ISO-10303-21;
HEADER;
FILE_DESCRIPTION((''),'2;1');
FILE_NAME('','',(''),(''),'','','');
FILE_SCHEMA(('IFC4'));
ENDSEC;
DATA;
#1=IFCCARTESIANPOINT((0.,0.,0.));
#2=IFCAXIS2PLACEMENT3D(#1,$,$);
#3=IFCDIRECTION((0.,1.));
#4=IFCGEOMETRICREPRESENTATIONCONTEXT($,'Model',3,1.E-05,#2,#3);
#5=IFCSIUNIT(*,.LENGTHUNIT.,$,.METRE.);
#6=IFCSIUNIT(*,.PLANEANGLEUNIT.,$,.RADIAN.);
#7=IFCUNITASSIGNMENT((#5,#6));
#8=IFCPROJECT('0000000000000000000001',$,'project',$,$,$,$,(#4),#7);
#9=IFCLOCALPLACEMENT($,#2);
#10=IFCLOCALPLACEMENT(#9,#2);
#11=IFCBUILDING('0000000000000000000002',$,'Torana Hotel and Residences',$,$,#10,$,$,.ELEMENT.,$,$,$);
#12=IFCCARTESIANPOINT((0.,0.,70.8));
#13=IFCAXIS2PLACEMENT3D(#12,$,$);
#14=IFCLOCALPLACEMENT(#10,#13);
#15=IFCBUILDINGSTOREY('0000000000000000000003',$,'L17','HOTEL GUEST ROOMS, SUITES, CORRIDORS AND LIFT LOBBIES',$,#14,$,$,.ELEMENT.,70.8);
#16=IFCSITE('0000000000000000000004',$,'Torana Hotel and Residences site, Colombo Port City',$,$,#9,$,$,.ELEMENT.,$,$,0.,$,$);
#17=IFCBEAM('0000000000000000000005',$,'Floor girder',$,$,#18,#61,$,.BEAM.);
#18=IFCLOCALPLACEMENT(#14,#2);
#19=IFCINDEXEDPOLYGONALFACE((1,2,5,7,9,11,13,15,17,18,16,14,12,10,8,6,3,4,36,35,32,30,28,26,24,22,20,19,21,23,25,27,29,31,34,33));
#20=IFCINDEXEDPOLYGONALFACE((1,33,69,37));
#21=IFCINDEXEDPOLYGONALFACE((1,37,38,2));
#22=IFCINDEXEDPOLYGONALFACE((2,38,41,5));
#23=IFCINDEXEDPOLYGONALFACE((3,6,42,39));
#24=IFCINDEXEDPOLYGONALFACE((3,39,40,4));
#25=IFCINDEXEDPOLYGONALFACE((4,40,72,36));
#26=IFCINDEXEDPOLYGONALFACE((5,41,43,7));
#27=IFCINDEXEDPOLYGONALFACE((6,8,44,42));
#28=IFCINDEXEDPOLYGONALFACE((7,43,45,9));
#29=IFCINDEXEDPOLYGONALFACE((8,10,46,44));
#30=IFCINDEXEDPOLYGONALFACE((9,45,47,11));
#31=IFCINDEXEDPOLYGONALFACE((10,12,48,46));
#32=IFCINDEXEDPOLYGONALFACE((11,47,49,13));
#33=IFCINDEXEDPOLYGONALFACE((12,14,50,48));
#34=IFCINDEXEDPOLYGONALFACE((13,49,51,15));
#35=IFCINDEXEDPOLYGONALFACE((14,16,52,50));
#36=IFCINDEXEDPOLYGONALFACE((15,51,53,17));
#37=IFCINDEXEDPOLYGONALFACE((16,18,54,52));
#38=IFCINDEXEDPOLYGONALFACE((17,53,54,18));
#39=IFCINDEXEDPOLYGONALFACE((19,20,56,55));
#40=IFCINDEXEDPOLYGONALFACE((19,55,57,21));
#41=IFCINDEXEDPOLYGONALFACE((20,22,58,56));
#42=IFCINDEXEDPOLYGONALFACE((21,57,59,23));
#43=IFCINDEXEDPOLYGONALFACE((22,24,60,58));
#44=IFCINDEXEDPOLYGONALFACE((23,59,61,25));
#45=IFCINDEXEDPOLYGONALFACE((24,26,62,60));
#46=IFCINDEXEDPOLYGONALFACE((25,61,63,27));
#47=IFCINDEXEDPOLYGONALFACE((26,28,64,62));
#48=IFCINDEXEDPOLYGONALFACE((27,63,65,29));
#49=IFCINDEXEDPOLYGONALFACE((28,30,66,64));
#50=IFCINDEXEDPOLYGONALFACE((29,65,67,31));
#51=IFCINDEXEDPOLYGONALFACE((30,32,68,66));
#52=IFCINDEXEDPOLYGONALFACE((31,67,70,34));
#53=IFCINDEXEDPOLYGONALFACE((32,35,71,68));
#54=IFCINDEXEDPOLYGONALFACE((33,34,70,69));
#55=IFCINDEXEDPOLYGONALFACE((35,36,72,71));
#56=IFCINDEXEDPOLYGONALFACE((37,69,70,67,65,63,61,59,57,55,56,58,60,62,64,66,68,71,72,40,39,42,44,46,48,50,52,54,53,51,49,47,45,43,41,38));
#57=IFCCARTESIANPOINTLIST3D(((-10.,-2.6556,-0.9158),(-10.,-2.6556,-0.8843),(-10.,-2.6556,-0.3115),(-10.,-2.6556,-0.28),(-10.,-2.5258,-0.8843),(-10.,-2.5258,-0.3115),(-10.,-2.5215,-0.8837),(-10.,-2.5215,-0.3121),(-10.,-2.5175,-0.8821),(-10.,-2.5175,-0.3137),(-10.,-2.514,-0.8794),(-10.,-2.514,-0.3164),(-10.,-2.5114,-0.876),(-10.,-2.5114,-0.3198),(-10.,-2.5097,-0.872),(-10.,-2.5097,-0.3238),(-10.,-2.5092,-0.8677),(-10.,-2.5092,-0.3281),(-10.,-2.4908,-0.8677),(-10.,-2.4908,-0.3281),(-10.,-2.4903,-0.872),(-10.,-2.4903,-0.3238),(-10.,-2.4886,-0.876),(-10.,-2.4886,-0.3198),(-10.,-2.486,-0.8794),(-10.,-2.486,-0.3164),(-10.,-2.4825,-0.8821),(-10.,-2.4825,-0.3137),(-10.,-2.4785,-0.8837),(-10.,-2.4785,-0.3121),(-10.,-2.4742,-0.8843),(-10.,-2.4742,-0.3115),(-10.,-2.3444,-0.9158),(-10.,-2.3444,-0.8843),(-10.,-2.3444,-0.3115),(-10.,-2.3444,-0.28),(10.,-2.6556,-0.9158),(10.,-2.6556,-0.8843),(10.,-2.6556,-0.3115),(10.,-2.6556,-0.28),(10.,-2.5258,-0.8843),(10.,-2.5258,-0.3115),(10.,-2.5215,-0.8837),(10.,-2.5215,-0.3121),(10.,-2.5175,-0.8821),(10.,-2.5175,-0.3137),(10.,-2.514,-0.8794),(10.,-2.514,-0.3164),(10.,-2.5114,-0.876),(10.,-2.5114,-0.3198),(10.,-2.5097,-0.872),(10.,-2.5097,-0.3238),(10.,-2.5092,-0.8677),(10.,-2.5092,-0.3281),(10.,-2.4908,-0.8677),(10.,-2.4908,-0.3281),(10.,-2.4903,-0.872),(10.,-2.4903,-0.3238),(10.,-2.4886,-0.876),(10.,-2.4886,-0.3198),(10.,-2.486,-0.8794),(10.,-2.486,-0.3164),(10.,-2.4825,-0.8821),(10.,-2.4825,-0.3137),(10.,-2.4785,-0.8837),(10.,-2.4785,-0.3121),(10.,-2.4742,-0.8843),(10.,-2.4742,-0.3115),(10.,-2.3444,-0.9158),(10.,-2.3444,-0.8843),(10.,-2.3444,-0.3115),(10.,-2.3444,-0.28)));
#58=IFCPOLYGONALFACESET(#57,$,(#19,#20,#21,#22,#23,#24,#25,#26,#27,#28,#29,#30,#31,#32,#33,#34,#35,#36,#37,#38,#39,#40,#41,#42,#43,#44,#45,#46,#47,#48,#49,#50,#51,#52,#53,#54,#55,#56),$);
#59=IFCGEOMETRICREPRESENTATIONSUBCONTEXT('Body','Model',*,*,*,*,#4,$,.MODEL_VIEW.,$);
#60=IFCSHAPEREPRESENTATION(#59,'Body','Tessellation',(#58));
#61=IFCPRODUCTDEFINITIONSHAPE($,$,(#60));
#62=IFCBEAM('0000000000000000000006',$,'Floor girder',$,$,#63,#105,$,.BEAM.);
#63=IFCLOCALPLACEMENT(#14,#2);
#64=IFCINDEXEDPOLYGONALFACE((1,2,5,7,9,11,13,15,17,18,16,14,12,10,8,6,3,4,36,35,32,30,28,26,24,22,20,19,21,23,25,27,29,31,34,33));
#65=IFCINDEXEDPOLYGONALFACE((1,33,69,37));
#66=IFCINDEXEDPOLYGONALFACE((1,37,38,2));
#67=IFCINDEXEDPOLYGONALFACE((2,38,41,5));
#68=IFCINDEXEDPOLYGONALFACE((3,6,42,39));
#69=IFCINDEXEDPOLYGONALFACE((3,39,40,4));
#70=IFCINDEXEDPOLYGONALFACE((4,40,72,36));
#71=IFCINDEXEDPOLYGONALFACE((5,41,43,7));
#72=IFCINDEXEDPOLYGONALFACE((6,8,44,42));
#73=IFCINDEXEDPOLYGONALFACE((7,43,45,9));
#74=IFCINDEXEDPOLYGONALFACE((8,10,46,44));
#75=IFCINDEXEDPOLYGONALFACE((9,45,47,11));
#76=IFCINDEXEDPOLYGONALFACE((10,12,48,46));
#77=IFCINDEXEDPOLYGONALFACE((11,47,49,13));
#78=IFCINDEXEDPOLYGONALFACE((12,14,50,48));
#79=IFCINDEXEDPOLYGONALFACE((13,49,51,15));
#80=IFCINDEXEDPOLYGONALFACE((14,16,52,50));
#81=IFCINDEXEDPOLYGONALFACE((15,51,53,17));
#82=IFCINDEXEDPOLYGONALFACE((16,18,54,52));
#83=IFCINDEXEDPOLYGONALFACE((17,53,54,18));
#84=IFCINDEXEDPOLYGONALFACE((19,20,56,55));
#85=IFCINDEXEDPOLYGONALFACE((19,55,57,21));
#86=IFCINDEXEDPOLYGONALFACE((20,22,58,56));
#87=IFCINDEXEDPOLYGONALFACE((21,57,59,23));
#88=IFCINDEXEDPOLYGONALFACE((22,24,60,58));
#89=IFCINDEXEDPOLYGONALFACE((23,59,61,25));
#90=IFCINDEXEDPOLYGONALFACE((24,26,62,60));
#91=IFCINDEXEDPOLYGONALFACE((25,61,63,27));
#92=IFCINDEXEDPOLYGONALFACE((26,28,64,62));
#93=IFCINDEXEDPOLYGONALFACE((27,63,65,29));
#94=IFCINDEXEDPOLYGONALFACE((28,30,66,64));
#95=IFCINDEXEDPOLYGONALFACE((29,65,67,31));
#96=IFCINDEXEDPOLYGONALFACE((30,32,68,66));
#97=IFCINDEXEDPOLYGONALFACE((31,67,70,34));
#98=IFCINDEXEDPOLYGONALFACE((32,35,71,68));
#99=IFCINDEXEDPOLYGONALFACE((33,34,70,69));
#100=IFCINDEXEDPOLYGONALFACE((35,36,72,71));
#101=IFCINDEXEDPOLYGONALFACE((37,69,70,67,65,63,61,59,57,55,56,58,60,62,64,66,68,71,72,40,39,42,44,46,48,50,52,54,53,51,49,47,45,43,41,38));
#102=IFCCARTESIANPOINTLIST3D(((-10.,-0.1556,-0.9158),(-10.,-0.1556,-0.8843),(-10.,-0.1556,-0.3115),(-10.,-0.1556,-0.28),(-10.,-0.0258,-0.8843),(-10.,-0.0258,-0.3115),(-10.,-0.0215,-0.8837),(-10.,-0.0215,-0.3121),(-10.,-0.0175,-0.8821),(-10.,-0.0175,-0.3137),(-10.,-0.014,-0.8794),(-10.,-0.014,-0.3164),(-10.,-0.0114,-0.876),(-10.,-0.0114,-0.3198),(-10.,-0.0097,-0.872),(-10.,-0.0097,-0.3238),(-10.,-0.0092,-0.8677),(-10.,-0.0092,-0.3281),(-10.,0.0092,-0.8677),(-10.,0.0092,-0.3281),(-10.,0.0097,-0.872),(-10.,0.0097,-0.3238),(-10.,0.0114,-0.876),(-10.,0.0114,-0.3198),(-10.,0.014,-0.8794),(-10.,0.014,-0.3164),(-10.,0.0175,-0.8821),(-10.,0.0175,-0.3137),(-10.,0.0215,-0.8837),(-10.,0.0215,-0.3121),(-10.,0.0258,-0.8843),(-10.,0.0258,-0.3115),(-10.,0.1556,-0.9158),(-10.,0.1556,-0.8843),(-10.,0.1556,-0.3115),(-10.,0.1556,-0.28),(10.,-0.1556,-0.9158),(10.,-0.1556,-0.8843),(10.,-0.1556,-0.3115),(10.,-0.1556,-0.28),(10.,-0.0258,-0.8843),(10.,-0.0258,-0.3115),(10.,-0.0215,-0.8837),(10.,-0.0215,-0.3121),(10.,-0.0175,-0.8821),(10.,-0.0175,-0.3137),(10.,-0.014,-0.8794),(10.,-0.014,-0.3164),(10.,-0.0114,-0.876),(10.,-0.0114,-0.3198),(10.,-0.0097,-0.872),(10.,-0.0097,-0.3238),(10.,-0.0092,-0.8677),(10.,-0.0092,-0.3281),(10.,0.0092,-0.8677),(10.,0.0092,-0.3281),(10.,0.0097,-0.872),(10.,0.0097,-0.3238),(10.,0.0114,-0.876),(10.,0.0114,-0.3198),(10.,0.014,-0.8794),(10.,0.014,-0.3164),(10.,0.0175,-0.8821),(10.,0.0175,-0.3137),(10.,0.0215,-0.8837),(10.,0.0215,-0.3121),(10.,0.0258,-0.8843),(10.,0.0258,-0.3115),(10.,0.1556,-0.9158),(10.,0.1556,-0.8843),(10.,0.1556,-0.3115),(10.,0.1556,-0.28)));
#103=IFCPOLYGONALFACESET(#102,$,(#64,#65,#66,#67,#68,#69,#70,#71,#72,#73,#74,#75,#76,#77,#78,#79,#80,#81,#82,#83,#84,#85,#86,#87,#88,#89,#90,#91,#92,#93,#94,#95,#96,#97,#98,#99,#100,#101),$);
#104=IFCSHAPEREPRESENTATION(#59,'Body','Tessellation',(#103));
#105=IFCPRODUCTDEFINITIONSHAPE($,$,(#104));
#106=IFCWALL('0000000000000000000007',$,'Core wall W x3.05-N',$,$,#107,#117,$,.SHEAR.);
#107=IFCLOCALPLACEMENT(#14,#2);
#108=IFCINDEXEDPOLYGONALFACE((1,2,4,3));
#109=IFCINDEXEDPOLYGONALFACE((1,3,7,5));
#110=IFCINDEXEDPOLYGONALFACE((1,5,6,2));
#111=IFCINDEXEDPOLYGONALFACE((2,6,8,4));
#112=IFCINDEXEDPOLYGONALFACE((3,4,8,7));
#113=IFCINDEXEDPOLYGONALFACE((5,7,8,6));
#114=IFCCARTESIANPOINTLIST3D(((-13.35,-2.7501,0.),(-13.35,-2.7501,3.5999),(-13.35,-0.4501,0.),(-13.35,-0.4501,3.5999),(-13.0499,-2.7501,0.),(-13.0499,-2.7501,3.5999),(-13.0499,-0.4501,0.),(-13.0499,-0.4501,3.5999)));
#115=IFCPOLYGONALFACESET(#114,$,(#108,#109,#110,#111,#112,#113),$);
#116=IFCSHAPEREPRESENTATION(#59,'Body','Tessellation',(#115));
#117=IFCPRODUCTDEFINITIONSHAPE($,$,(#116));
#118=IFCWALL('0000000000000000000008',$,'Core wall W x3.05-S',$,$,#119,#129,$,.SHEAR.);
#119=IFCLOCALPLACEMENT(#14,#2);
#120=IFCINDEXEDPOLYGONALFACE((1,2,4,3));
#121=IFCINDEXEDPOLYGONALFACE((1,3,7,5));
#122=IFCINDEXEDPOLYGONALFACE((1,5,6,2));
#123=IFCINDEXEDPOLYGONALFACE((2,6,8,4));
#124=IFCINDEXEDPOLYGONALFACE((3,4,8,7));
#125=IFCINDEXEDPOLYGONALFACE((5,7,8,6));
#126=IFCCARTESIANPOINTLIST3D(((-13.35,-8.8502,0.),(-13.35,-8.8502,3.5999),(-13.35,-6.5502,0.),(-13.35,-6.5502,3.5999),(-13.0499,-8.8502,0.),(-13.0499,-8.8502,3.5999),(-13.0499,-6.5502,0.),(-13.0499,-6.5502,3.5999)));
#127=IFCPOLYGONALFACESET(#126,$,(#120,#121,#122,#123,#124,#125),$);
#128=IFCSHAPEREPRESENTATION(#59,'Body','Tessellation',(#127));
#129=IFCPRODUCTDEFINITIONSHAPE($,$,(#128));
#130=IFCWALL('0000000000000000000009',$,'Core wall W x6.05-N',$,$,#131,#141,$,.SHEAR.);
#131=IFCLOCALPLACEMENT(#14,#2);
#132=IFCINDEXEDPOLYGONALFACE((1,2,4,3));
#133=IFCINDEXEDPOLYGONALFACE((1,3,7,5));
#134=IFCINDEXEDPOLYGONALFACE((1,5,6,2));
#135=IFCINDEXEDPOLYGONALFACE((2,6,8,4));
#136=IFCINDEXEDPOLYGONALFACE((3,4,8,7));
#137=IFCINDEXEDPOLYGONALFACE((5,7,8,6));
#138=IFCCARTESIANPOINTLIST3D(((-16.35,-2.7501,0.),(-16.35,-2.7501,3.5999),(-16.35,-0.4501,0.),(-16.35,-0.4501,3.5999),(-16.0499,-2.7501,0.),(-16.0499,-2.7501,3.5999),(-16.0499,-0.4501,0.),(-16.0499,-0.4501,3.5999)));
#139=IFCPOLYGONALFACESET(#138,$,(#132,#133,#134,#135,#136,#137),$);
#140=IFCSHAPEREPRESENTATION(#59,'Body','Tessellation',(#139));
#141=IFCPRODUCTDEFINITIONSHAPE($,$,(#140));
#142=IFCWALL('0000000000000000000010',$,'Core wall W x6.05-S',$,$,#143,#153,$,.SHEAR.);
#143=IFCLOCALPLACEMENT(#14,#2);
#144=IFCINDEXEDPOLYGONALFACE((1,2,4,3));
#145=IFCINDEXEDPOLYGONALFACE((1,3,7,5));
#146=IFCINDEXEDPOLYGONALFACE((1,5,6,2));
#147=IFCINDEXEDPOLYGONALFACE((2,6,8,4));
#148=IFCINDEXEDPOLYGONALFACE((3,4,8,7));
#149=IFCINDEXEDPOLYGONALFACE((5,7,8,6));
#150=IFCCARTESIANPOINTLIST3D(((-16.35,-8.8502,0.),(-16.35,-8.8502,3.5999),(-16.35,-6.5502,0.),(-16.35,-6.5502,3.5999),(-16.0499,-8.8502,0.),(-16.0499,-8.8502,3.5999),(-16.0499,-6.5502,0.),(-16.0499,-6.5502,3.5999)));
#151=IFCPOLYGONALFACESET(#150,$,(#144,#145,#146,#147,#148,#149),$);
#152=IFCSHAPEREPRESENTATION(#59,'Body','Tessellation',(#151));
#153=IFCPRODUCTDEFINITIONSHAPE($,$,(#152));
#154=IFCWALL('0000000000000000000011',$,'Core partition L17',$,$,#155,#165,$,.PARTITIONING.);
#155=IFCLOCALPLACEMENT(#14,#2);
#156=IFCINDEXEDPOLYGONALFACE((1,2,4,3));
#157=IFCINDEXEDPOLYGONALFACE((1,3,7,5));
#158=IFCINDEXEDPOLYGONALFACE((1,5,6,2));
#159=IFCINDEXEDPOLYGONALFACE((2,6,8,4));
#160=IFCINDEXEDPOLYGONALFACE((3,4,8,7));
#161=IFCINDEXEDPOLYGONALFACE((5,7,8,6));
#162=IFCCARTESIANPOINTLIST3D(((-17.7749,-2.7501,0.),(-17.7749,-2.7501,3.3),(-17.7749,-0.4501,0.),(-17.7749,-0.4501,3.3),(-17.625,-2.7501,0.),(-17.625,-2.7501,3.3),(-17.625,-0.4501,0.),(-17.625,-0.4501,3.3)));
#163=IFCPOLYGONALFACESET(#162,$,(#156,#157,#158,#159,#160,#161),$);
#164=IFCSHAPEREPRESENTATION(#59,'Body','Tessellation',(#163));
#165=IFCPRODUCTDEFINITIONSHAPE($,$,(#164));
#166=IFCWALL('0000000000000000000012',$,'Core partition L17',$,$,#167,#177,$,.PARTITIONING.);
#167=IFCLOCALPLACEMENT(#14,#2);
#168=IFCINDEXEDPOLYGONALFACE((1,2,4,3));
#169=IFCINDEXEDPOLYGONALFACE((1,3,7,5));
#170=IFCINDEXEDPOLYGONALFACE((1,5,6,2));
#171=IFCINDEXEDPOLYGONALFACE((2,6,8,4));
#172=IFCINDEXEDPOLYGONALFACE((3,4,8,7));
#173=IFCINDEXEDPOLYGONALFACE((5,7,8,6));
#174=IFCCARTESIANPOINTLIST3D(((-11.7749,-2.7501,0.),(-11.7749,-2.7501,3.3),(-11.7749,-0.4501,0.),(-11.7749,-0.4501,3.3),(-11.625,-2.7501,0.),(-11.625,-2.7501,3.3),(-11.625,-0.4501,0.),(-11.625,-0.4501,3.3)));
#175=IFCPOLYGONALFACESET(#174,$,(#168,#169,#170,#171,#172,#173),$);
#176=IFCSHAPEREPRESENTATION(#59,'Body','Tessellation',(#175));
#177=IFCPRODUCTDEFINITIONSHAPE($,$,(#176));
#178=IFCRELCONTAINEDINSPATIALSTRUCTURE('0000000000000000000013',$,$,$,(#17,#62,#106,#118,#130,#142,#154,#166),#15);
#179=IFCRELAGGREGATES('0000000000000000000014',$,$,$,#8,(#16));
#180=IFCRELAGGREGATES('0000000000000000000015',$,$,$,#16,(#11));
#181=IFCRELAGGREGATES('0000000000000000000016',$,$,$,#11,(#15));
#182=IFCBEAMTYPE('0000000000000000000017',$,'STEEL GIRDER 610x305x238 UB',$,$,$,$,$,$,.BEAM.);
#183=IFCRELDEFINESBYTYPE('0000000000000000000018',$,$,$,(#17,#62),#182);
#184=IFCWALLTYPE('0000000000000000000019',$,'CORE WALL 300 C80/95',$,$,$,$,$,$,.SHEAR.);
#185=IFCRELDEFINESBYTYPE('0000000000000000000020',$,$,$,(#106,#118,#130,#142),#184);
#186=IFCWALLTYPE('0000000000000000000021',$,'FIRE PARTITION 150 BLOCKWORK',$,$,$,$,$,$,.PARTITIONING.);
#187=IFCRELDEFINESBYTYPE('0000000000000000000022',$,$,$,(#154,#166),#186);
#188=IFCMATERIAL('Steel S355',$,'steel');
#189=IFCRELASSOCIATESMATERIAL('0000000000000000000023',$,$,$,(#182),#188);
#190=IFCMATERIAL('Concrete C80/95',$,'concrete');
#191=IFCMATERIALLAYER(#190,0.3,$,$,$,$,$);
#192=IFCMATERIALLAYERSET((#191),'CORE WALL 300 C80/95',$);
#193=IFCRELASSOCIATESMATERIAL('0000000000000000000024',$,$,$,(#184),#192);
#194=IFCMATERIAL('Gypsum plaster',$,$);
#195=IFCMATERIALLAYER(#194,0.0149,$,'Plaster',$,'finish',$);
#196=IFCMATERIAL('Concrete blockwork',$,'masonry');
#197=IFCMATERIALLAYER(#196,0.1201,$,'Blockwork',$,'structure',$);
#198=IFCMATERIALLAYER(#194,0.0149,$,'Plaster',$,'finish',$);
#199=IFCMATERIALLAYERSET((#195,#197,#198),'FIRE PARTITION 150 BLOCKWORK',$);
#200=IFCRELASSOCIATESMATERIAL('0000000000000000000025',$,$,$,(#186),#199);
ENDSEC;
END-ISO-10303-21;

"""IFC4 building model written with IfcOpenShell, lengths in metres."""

from ifc_helpers import new_model, si_unit, direction, frame, frame_2d, origin, origin_2d, place, context, subcontext, project, spatial, rectangle, i_section, extrude, material, layer, layer_set, material_profile, profile_set, type_object, element, save


model = new_model("IFC4")

# Units and contexts
model_context = context("Model", 3, precision=1e-05, world=origin(), true_north=direction((0.0, 1.0)))
body_context = subcontext(model_context, "Body", "Model", "MODEL_VIEW")
ifc_project = project(units=[si_unit("LENGTHUNIT", "METRE"), si_unit("PLANEANGLEUNIT", "RADIAN")], contexts=[model_context])

# Site, building, storey
site_placement = place(None, origin())
site = spatial("IfcSite", under=ifc_project, at=site_placement, Name="Torana Hotel and Residences site, Colombo Port City", CompositionType="ELEMENT", RefElevation=0.0)
building_placement = place(site_placement, origin())
building = spatial("IfcBuilding", under=site, at=building_placement, Name="Torana Hotel and Residences", CompositionType="ELEMENT")
storey_placement = place(building_placement, frame((0.0, 0.0, 70.8)))
storey = spatial("IfcBuildingStorey", under=building, at=storey_placement, Name="L17", Description="HOTEL GUEST ROOMS, SUITES, CORRIDORS AND LIFT LOBBIES", CompositionType="ELEMENT", Elevation=70.8)

# Beams
ifc_material_1 = material(Name="Steel S355", Category="steel")
ifc_material_profile = material_profile(ifc_material_1, i_section(OverallWidth=0.3113, OverallDepth=0.6357, WebThickness=0.0183, FlangeThickness=0.0315, FilletRadius=0.0166, at=origin_2d()), Name="610x305x238 UB")
ifc_profile_set = profile_set([ifc_material_profile], Name="Steel S355")
beam_type = type_object("IfcBeamType", Name="STEEL GIRDER 610x305x238 UB", PredefinedType="BEAM", material=ifc_profile_set)
for number, where, z_axis, x_axis, name in (
    (1, (-10.0, -2.5, -0.5979), (1.0, 0.0, 0.0), (0.0, 1.0, 0.0), "Floor girder"),
    (2, (-10.0, 0.0, -0.5979), (1.0, 0.0, 0.0), (0.0, 1.0, 0.0), "Floor girder"),
):
    element("IfcBeam", number, at=place(storey_placement, frame(where, z_axis=z_axis, x_axis=x_axis)), inside=storey, type_object=beam_type, Name=name, PredefinedType="BEAM", context=body_context, shape_type="SweptSolid", body=[
        extrude(i_section(OverallWidth=0.3113, OverallDepth=0.6357, WebThickness=0.0183, FlangeThickness=0.0315, FilletRadius=0.0166, at=origin_2d()), origin(), (0.0, 0.0, 1.0), 20.0),
    ])

# Walls
ifc_material_2 = material(Name="Concrete C80/95", Category="concrete")
ifc_layer_1 = layer(ifc_material_2, 0.3)
ifc_layer_set_1 = layer_set([ifc_layer_1], Name="CORE WALL 300 C80/95")
wall_type_1 = type_object("IfcWallType", Name="CORE WALL 300 C80/95", PredefinedType="SHEAR", material=ifc_layer_set_1)
for number, where, z_axis, x_axis, name in (
    (3, (-13.2, -2.75, 0.0), (0.0, 0.0, 1.0), (0.0, 1.0, 0.0), "Core wall W x3.05-N"),
    (4, (-13.2, -8.8501, 0.0), (0.0, 0.0, 1.0), (0.0, 1.0, 0.0), "Core wall W x3.05-S"),
    (5, (-16.2, -2.75, 0.0), (0.0, 0.0, 1.0), (0.0, 1.0, 0.0), "Core wall W x6.05-N"),
    (6, (-16.2, -8.8501, 0.0), (0.0, 0.0, 1.0), (0.0, 1.0, 0.0), "Core wall W x6.05-S"),
):
    element("IfcWall", number, at=place(storey_placement, frame(where, z_axis=z_axis, x_axis=x_axis)), inside=storey, type_object=wall_type_1, Name=name, PredefinedType="SHEAR", context=body_context, shape_type="SweptSolid", body=[
        extrude(rectangle(XDim=2.3, YDim=0.3, at=frame_2d((1.1499, 0.0))), origin(), (0.0, 0.0, 1.0), 3.5999),
    ])
ifc_material_3 = material(Name="Gypsum plaster")
ifc_layer_2 = layer(ifc_material_3, 0.0149, Name="Plaster", Category="finish")
ifc_material_4 = material(Name="Concrete blockwork", Category="masonry")
ifc_layer_3 = layer(ifc_material_4, 0.1201, Name="Blockwork", Category="structure")
ifc_layer_4 = layer(ifc_material_3, 0.0149, Name="Plaster", Category="finish")
ifc_layer_set_2 = layer_set([ifc_layer_2, ifc_layer_3, ifc_layer_4], Name="FIRE PARTITION 150 BLOCKWORK")
wall_type_2 = type_object("IfcWallType", Name="FIRE PARTITION 150 BLOCKWORK", PredefinedType="PARTITIONING", material=ifc_layer_set_2)
for number, where, z_axis, x_axis, name in (
    (7, (-17.7, -2.75, 0.0), (0.0, 0.0, 1.0), (0.0, 1.0, 0.0), "Core partition L17"),
    (8, (-11.7, -2.75, 0.0), (0.0, 0.0, 1.0), (0.0, 1.0, 0.0), "Core partition L17"),
):
    element("IfcWall", number, at=place(storey_placement, frame(where, z_axis=z_axis, x_axis=x_axis)), inside=storey, type_object=wall_type_2, Name=name, PredefinedType="PARTITIONING", context=body_context, shape_type="SweptSolid", body=[
        extrude(rectangle(XDim=2.3, YDim=0.1499, at=frame_2d((1.1499, 0.0))), origin(), (0.0, 0.0, 1.0), 3.3),
    ])

save(model, "model.ifc")
